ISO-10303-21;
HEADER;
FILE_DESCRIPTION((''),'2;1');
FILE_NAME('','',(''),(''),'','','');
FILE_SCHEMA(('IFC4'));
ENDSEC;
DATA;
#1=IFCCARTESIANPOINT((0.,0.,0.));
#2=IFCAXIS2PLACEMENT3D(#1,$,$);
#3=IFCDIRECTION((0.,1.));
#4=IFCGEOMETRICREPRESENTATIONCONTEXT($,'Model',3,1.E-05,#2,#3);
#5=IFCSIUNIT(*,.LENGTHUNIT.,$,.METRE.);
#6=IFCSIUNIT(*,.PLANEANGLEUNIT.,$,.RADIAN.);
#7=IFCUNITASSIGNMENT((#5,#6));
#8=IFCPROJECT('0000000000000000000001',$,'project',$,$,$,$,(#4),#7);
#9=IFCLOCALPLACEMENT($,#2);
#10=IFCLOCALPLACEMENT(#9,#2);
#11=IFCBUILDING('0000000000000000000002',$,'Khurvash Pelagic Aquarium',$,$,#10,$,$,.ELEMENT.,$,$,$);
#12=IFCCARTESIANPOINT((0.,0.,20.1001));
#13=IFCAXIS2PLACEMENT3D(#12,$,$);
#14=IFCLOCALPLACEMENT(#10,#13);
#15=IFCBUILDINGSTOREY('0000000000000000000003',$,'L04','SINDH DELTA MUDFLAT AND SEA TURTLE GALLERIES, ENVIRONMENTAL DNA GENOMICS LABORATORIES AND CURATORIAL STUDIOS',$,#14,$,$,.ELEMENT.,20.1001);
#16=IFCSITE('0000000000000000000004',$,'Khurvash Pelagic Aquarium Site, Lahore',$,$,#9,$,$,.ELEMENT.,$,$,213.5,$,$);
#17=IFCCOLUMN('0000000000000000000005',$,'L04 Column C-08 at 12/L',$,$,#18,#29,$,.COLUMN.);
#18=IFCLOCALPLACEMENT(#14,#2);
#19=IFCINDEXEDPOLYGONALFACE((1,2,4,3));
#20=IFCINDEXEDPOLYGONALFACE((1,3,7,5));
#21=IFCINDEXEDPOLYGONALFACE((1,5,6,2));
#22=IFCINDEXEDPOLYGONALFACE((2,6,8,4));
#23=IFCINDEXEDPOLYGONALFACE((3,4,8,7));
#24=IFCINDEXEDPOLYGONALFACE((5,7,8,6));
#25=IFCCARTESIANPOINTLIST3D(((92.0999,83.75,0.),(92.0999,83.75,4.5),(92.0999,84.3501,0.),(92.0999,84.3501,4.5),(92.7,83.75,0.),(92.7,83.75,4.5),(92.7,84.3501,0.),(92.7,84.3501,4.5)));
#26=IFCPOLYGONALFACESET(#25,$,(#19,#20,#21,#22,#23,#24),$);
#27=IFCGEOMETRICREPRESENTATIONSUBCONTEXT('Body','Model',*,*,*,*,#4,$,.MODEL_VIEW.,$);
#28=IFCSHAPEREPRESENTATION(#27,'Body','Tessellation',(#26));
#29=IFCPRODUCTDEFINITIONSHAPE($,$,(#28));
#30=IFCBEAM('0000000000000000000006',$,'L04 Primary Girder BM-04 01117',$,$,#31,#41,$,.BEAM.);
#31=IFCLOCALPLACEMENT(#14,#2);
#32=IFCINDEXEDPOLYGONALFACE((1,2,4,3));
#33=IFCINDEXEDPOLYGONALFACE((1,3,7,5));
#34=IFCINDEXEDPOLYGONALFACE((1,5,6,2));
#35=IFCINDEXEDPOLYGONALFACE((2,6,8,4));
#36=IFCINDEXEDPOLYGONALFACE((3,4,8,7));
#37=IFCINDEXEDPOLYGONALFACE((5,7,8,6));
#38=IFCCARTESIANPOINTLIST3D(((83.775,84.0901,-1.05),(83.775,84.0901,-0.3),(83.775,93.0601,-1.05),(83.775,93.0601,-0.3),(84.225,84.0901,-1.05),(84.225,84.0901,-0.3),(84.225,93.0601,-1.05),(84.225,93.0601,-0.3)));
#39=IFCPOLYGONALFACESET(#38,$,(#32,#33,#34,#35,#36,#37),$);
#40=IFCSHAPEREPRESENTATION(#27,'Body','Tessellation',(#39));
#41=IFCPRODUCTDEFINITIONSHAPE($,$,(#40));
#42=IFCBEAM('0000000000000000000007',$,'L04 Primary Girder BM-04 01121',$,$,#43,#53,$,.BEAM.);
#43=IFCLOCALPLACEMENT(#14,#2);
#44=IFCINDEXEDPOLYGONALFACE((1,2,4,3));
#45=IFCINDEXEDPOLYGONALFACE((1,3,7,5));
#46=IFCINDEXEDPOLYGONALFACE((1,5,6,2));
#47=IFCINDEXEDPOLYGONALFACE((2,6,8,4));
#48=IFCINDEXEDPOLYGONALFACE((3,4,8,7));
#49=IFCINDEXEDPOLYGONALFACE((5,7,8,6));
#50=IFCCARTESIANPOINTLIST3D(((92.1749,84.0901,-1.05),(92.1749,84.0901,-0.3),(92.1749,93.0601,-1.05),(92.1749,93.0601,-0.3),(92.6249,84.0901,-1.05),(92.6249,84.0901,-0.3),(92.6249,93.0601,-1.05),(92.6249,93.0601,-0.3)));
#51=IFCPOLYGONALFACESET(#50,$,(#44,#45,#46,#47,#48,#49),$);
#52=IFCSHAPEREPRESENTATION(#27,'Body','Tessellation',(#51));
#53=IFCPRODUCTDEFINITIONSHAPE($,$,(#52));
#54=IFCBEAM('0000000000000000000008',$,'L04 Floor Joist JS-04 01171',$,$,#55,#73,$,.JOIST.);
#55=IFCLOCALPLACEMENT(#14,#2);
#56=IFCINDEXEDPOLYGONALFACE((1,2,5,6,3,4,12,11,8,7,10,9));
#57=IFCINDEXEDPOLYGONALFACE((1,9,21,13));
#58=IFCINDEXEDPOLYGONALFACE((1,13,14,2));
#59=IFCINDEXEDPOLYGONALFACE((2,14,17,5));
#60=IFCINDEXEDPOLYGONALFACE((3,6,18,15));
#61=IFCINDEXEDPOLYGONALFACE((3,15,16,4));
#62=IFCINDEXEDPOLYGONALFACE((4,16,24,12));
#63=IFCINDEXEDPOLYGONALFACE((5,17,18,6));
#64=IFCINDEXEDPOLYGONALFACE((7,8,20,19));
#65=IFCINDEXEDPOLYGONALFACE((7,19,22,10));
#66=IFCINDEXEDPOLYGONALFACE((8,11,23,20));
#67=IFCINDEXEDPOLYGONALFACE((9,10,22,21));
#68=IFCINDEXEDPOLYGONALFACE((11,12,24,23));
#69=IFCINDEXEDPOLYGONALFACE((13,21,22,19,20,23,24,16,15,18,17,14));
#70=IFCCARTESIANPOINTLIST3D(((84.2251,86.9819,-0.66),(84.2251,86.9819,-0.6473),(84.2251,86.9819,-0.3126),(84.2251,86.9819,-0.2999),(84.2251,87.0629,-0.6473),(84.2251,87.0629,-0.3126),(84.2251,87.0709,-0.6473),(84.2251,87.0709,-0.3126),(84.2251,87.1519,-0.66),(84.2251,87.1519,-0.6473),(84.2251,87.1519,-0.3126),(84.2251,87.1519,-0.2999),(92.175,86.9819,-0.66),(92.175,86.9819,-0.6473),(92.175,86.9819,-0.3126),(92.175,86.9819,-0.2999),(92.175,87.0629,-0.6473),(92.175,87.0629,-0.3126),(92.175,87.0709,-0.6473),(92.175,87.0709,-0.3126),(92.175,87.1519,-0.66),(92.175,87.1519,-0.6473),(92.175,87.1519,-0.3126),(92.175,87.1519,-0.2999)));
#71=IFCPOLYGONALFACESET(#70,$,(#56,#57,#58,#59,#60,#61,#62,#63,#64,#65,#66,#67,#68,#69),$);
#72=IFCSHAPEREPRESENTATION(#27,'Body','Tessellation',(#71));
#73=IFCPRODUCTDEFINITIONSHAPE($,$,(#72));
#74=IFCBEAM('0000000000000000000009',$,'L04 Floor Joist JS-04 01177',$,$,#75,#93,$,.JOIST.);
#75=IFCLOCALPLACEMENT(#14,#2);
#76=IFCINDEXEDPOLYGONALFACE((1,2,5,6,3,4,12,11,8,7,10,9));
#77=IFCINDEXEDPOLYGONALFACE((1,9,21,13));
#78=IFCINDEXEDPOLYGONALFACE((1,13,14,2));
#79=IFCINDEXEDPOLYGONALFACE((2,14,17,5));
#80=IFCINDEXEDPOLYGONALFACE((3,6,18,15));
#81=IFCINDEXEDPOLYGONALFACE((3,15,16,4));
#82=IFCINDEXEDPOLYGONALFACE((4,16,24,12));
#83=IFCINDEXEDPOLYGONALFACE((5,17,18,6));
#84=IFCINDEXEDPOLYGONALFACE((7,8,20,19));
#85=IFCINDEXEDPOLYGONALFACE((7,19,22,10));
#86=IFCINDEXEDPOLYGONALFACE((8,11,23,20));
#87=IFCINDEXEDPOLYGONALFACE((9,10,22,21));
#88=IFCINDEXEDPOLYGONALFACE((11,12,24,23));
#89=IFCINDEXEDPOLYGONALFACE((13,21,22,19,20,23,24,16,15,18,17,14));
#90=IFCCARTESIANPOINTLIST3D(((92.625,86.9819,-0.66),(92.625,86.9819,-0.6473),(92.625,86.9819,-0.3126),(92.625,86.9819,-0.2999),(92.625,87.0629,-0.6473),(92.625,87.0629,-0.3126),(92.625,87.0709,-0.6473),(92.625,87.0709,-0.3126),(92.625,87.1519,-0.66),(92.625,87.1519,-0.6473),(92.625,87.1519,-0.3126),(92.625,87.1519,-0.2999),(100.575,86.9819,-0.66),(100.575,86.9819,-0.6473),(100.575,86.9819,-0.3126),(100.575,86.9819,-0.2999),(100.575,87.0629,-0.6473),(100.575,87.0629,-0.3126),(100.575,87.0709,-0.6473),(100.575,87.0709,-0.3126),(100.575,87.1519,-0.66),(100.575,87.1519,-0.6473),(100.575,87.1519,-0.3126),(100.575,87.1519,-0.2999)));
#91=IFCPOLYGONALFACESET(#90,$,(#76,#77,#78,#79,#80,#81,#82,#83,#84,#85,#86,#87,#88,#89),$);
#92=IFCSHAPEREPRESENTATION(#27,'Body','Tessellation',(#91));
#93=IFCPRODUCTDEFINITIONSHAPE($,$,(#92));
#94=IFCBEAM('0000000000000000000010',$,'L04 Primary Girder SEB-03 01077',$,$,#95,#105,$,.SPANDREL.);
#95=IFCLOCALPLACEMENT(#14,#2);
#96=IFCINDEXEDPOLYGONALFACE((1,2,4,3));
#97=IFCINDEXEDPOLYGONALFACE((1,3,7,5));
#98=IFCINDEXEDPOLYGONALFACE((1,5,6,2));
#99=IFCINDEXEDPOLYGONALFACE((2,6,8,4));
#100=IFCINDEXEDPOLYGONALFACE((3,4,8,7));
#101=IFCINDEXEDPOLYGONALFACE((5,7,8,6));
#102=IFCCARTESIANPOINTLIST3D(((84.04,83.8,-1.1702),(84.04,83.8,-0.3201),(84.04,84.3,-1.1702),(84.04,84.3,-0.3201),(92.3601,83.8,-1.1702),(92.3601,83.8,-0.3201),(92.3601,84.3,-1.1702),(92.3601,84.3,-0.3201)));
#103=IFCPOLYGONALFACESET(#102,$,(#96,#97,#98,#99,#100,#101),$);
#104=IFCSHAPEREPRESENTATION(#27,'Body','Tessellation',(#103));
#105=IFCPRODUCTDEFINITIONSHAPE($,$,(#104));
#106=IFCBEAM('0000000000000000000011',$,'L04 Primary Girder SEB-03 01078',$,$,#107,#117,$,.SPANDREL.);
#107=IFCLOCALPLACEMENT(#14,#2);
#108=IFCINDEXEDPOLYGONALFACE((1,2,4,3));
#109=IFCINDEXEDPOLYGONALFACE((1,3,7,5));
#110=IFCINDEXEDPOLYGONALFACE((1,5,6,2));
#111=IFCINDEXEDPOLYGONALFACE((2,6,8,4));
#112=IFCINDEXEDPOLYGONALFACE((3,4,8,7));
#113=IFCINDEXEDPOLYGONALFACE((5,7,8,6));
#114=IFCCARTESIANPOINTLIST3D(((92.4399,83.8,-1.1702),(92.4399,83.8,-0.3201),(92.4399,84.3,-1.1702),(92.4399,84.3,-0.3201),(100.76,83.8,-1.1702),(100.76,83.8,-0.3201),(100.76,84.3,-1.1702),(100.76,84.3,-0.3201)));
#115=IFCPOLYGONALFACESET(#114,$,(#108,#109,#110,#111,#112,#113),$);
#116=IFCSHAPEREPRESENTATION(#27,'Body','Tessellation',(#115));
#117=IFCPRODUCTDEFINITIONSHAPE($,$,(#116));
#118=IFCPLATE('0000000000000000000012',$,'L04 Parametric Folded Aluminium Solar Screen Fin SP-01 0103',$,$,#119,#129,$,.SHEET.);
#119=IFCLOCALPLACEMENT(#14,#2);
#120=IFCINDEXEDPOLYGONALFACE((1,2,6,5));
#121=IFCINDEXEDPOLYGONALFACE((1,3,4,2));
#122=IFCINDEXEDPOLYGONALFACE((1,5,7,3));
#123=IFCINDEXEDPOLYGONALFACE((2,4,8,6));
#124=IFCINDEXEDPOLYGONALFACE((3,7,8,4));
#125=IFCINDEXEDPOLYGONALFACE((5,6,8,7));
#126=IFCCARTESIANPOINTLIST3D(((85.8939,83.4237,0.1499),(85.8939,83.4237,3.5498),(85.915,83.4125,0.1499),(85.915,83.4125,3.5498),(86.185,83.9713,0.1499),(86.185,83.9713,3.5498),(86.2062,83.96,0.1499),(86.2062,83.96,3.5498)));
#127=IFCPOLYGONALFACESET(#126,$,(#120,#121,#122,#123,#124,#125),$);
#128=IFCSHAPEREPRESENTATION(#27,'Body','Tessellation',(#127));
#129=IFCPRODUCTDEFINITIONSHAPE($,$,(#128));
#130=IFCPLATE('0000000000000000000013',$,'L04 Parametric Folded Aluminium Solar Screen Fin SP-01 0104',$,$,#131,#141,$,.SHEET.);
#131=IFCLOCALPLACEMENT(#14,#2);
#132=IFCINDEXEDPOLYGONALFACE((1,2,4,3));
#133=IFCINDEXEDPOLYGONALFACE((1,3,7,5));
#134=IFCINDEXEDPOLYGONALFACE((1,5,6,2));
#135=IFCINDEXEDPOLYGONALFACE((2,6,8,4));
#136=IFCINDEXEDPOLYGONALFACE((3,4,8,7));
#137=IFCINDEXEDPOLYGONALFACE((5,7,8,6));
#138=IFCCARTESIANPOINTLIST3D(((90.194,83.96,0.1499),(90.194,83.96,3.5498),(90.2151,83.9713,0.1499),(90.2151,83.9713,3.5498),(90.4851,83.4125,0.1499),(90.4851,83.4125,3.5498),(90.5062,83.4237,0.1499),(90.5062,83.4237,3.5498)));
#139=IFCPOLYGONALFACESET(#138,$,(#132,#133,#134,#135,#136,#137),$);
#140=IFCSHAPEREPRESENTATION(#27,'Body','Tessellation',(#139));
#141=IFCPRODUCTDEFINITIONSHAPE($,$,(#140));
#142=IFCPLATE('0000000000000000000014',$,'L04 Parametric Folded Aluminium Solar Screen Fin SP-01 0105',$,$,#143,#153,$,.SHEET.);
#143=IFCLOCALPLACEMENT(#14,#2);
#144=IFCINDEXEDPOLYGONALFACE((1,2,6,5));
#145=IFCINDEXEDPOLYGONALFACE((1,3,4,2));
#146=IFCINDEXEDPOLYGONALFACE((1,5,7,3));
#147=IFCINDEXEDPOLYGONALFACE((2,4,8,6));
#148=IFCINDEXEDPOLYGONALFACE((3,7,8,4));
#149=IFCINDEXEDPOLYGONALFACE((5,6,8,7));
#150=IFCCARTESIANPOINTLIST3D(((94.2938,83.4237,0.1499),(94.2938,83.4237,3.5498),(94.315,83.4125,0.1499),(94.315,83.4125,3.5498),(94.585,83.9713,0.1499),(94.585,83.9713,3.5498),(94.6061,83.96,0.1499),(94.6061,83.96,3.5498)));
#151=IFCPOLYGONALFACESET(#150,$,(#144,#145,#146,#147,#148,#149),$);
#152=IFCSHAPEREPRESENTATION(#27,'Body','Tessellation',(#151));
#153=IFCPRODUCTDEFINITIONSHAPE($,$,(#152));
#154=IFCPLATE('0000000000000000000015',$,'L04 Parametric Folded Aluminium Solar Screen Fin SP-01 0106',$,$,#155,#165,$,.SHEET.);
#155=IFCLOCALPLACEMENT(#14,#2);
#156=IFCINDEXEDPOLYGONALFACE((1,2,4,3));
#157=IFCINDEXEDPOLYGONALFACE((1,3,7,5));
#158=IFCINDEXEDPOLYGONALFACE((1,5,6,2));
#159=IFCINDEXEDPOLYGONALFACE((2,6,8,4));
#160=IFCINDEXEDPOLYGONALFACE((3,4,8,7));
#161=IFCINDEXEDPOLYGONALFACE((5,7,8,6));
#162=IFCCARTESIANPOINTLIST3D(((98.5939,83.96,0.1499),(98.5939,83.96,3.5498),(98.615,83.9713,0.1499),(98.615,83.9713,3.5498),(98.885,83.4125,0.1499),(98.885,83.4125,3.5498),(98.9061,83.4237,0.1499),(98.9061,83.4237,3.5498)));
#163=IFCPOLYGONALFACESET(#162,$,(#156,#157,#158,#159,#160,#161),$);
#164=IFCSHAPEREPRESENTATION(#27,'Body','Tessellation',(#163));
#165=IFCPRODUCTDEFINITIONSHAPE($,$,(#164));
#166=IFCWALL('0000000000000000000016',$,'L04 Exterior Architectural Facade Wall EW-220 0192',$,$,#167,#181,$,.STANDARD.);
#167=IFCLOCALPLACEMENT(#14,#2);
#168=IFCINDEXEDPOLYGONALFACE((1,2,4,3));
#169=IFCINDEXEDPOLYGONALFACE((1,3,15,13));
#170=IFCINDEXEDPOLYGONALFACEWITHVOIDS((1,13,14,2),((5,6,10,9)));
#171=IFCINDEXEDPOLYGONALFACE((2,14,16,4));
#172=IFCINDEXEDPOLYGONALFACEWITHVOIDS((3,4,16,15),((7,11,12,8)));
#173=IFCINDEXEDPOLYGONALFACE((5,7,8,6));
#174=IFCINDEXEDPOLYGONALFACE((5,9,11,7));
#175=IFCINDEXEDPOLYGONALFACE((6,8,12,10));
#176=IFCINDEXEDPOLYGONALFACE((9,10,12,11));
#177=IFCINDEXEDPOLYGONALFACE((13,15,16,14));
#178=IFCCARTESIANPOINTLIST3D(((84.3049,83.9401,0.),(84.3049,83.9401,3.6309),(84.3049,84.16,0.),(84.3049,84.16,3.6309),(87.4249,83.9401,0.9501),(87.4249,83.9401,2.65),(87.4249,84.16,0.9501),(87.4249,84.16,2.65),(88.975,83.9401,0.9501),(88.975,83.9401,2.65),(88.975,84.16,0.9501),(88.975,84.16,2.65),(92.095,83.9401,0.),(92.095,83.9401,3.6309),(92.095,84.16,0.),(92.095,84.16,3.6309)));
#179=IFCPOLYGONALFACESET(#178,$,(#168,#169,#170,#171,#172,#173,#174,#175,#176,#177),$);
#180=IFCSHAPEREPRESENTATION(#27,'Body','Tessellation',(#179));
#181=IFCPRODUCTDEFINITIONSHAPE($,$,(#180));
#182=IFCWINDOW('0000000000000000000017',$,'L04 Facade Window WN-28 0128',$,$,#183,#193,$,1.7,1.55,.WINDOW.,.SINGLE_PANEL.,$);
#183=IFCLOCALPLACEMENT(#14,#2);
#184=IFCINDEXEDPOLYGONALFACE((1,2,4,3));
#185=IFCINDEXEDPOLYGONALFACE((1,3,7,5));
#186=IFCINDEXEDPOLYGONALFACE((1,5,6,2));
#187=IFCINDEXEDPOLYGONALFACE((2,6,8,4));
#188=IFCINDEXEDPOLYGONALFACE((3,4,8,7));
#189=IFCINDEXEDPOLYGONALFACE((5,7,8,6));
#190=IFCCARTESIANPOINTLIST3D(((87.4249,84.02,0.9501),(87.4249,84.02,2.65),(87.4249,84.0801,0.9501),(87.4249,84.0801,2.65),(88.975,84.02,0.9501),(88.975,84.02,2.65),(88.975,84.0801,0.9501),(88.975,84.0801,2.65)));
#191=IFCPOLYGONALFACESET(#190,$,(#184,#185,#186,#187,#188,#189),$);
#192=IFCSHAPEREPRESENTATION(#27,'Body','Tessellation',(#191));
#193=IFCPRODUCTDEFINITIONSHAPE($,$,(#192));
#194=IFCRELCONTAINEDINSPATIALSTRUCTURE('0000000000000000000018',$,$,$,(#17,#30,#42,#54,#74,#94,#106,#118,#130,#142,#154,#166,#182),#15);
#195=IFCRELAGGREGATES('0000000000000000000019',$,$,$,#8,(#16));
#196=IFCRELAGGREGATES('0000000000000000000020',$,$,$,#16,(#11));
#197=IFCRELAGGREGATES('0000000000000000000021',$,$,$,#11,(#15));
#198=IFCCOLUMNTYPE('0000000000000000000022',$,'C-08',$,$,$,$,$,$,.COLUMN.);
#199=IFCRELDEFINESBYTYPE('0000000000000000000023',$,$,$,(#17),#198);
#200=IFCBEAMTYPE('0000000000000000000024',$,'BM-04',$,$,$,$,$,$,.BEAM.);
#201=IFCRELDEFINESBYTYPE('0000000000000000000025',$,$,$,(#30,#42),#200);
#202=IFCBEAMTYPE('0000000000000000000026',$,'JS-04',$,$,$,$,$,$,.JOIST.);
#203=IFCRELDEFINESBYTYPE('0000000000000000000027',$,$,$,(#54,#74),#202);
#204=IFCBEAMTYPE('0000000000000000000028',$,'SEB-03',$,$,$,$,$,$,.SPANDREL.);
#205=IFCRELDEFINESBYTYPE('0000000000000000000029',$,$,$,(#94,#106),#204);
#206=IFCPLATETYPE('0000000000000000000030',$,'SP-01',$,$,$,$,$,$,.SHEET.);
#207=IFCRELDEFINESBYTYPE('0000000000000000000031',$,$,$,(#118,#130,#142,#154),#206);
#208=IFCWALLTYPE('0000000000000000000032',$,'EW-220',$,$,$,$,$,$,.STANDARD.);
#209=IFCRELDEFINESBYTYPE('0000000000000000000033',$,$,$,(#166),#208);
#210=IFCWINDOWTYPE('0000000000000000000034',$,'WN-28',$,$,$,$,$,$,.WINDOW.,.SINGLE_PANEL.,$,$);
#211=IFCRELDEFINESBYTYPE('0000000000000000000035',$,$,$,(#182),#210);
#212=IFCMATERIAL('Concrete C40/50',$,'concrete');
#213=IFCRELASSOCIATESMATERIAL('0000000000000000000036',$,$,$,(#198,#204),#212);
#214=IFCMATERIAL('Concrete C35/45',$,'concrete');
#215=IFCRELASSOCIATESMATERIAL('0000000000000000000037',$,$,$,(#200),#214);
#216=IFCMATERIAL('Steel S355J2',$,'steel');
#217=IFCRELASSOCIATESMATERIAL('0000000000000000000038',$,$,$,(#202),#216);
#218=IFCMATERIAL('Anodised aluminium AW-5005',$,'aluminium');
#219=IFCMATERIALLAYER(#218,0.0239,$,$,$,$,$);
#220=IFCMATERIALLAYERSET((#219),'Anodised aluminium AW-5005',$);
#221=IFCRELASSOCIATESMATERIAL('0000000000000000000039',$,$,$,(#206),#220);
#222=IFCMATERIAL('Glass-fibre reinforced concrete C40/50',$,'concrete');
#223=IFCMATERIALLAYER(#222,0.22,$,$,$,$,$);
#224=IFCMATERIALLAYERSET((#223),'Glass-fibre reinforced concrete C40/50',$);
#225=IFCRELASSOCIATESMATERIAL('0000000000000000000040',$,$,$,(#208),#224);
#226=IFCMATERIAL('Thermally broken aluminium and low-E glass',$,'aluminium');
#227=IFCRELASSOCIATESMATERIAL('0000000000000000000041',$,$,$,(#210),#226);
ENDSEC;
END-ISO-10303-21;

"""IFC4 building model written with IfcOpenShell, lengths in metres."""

from ifc_helpers import new_model, si_unit, direction, frame, frame_2d, origin, origin_2d, place, context, subcontext, project, spatial, rectangle, i_section, extrude, material, layer, layer_set, material_profile, profile_set, type_object, element, fill, save


model = new_model("IFC4")

# Units and contexts
model_context = context("Model", 3, precision=1e-05, world=origin(), true_north=direction((0.0, 1.0)))
body_context = subcontext(model_context, "Body", "Model", "MODEL_VIEW")
ifc_project = project(units=[si_unit("LENGTHUNIT", "METRE"), si_unit("PLANEANGLEUNIT", "RADIAN")], contexts=[model_context])

# Site, building, storey
site_placement = place(None, origin())
site = spatial("IfcSite", under=ifc_project, at=site_placement, Name="Khurvash Pelagic Aquarium Site, Lahore", CompositionType="ELEMENT", RefElevation=213.5)
building_placement = place(site_placement, origin())
building = spatial("IfcBuilding", under=site, at=building_placement, Name="Khurvash Pelagic Aquarium", CompositionType="ELEMENT")
storey_placement = place(building_placement, frame((0.0, 0.0, 20.1001)))
storey = spatial("IfcBuildingStorey", under=building, at=storey_placement, Name="L04", Description="SINDH DELTA MUDFLAT AND SEA TURTLE GALLERIES, ENVIRONMENTAL DNA GENOMICS LABORATORIES AND CURATORIAL STUDIOS", CompositionType="ELEMENT", Elevation=20.1001)

# Column
ifc_material_1 = material(Name="Concrete C40/50", Category="concrete")
ifc_material_profile_1 = material_profile(ifc_material_1, rectangle(XDim=0.6001, YDim=0.6001, at=origin_2d()), Name="RC600X600")
ifc_profile_set_1 = profile_set([ifc_material_profile_1], Name="Concrete C40/50")
column_type = type_object("IfcColumnType", Name="C-08", PredefinedType="COLUMN", material=ifc_profile_set_1)
column_placement = place(storey_placement, frame((92.3999, 84.05, 0.0), z_axis=(0.0, 0.0, 1.0), x_axis=(1.0, 0.0, 0.0)))
element("IfcColumn", 1, at=column_placement, inside=storey, type_object=column_type, Name="L04 Column C-08 at 12/L", PredefinedType="COLUMN", context=body_context, shape_type="SweptSolid", body=[
    extrude(rectangle(XDim=0.6001, YDim=0.6001, at=origin_2d()), origin(), (0.0, 0.0, 1.0), 4.5),
])

# Beams
ifc_material_2 = material(Name="Concrete C35/45", Category="concrete")
ifc_material_profile_2 = material_profile(ifc_material_2, rectangle(XDim=0.45, YDim=0.75, at=origin_2d()), Name="RC450X750")
ifc_profile_set_2 = profile_set([ifc_material_profile_2], Name="Concrete C35/45")
beam_type_1 = type_object("IfcBeamType", Name="BM-04", PredefinedType="BEAM", material=ifc_profile_set_2)
for number, where, z_axis, x_axis, name in (
    (2, (84.0, 84.0901, -0.675), (0.0, 1.0, 0.0), (-1.0, 0.0, 0.0), "L04 Primary Girder BM-04 01117"),
    (3, (92.3999, 84.0901, -0.675), (0.0, 1.0, 0.0), (-1.0, 0.0, 0.0), "L04 Primary Girder BM-04 01121"),
):
    element("IfcBeam", number, at=place(storey_placement, frame(where, z_axis=z_axis, x_axis=x_axis)), inside=storey, type_object=beam_type_1, Name=name, PredefinedType="BEAM", context=body_context, shape_type="SweptSolid", body=[
        extrude(rectangle(XDim=0.45, YDim=0.75, at=origin_2d()), origin(), (0.0, 0.0, 1.0), 8.97),
    ])
ifc_material_3 = material(Name="Steel S355J2", Category="steel")
ifc_material_profile_3 = material_profile(ifc_material_3, i_section(OverallWidth=0.1699, OverallDepth=0.3601, WebThickness=0.0081, FlangeThickness=0.0127, at=origin_2d()), Name="IPE360")
ifc_profile_set_3 = profile_set([ifc_material_profile_3], Name="Steel S355J2")
beam_type_2 = type_object("IfcBeamType", Name="JS-04", PredefinedType="JOIST", material=ifc_profile_set_3)
for number, where, z_axis, x_axis, name in (
    (4, (84.2251, 87.0669, -0.48), (1.0, 0.0, 0.0), (0.0, 1.0, 0.0), "L04 Floor Joist JS-04 01171"),
    (5, (92.625, 87.0669, -0.48), (1.0, 0.0, 0.0), (0.0, 1.0, 0.0), "L04 Floor Joist JS-04 01177"),
):
    element("IfcBeam", number, at=place(storey_placement, frame(where, z_axis=z_axis, x_axis=x_axis)), inside=storey, type_object=beam_type_2, Name=name, PredefinedType="JOIST", context=body_context, shape_type="SweptSolid", body=[
        extrude(i_section(OverallWidth=0.1699, OverallDepth=0.3601, WebThickness=0.0081, FlangeThickness=0.0127, at=origin_2d()), origin(), (0.0, 0.0, 1.0), 7.95),
    ])
ifc_material_profile_4 = material_profile(ifc_material_1, rectangle(XDim=0.5, YDim=0.8501, at=origin_2d()), Name="RC500X850")
ifc_profile_set_4 = profile_set([ifc_material_profile_4], Name="Concrete C40/50")
beam_type_3 = type_object("IfcBeamType", Name="SEB-03", PredefinedType="SPANDREL", material=ifc_profile_set_4)
for number, where, z_axis, x_axis, name in (
    (6, (84.04, 84.05, -0.7451), (1.0, 0.0, 0.0), (0.0, 1.0, 0.0), "L04 Primary Girder SEB-03 01077"),
    (7, (92.4399, 84.05, -0.7451), (1.0, 0.0, 0.0), (0.0, 1.0, 0.0), "L04 Primary Girder SEB-03 01078"),
):
    element("IfcBeam", number, at=place(storey_placement, frame(where, z_axis=z_axis, x_axis=x_axis)), inside=storey, type_object=beam_type_3, Name=name, PredefinedType="SPANDREL", context=body_context, shape_type="SweptSolid", body=[
        extrude(rectangle(XDim=0.5, YDim=0.8501, at=origin_2d()), origin(), (0.0, 0.0, 1.0), 8.3201),
    ])

# Plates
ifc_material_4 = material(Name="Anodised aluminium AW-5005", Category="aluminium")
ifc_layer_1 = layer(ifc_material_4, 0.0239)
ifc_layer_set_1 = layer_set([ifc_layer_1], Name="Anodised aluminium AW-5005")
plate_type = type_object("IfcPlateType", Name="SP-01", PredefinedType="SHEET", material=ifc_layer_set_1)
for number, where, z_axis, x_axis, name in (
    (8, (86.05, 83.6919, 0.1499), (0.0, 0.0, 1.0), (-0.469472, -0.882948, 0.0), "L04 Parametric Folded Aluminium Solar Screen Fin SP-01 0103"),
    (9, (90.3501, 83.6919, 0.1499), (0.0, 0.0, 1.0), (0.469472, -0.882948, 0.0), "L04 Parametric Folded Aluminium Solar Screen Fin SP-01 0104"),
    (10, (94.45, 83.6919, 0.1499), (0.0, 0.0, 1.0), (-0.469472, -0.882948, 0.0), "L04 Parametric Folded Aluminium Solar Screen Fin SP-01 0105"),
    (11, (98.75, 83.6919, 0.1499), (0.0, 0.0, 1.0), (0.469472, -0.882948, 0.0), "L04 Parametric Folded Aluminium Solar Screen Fin SP-01 0106"),
):
    element("IfcPlate", number, at=place(storey_placement, frame(where, z_axis=z_axis, x_axis=x_axis)), inside=storey, type_object=plate_type, Name=name, PredefinedType="SHEET", context=body_context, shape_type="SweptSolid", body=[
        extrude(rectangle(XDim=0.6201, YDim=0.0239, at=origin_2d()), origin(), (0.0, 0.0, 1.0), 3.3999),
    ])

# Wall, opening, window
ifc_material_5 = material(Name="Glass-fibre reinforced concrete C40/50", Category="concrete")
ifc_layer_2 = layer(ifc_material_5, 0.22)
ifc_layer_set_2 = layer_set([ifc_layer_2], Name="Glass-fibre reinforced concrete C40/50")
wall_type = type_object("IfcWallType", Name="EW-220", PredefinedType="STANDARD", material=ifc_layer_set_2)
wall_1_placement = place(storey_placement, frame((84.3049, 84.05, 0.0), z_axis=(0.0, 0.0, 1.0), x_axis=(1.0, 0.0, 0.0)))
wall_1 = element("IfcWall", 12, at=wall_1_placement, inside=storey, type_object=wall_type, Name="L04 Exterior Architectural Facade Wall EW-220 0192", PredefinedType="STANDARD", context=body_context, shape_type="SweptSolid", body=[
    extrude(rectangle(XDim=7.79, YDim=0.22, at=frame_2d((3.895, 0.0))), origin(), (0.0, 0.0, 1.0), 3.6309),
])
opening_1_placement = place(wall_1_placement, frame((3.1201, 0.0, 0.95)))
opening_1 = element("IfcOpeningElement", 13, at=opening_1_placement, cuts=wall_1, PredefinedType="OPENING", context=body_context, shape_type="SweptSolid", body=[
    extrude(rectangle(XDim=1.55, YDim=1.7, at=frame_2d((0.7749, 0.8501))), frame((0.0, 0.1201, 0.0), z_axis=(0.0, -1.0, 0.0), x_axis=(1.0, 0.0, 0.0)), (0.0, 0.0, 1.0), 0.24),
])
ifc_material_6 = material(Name="Thermally broken aluminium and low-E glass", Category="aluminium")
window_type_1 = type_object("IfcWindowType", Name="WN-28", PartitioningType="SINGLE_PANEL", PredefinedType="WINDOW", material=ifc_material_6)
window_1_placement = place(opening_1_placement, origin())
window_1 = element("IfcWindow", 14, at=window_1_placement, inside=storey, type_object=window_type_1, Name="L04 Facade Window WN-28 0128", OverallHeight=1.7, OverallWidth=1.55, PartitioningType="SINGLE_PANEL", PredefinedType="WINDOW", context=body_context, shape_type="SweptSolid", body=[
    extrude(rectangle(XDim=1.55, YDim=1.7, at=frame_2d((0.7749, 0.8501))), frame((0.0, 0.03, 0.0), z_axis=(0.0, -1.0, 0.0), x_axis=(1.0, 0.0, 0.0)), (0.0, 0.0, 1.0), 0.0601),
])
fill(opening_1, window_1)

save(model, "model.ifc")
